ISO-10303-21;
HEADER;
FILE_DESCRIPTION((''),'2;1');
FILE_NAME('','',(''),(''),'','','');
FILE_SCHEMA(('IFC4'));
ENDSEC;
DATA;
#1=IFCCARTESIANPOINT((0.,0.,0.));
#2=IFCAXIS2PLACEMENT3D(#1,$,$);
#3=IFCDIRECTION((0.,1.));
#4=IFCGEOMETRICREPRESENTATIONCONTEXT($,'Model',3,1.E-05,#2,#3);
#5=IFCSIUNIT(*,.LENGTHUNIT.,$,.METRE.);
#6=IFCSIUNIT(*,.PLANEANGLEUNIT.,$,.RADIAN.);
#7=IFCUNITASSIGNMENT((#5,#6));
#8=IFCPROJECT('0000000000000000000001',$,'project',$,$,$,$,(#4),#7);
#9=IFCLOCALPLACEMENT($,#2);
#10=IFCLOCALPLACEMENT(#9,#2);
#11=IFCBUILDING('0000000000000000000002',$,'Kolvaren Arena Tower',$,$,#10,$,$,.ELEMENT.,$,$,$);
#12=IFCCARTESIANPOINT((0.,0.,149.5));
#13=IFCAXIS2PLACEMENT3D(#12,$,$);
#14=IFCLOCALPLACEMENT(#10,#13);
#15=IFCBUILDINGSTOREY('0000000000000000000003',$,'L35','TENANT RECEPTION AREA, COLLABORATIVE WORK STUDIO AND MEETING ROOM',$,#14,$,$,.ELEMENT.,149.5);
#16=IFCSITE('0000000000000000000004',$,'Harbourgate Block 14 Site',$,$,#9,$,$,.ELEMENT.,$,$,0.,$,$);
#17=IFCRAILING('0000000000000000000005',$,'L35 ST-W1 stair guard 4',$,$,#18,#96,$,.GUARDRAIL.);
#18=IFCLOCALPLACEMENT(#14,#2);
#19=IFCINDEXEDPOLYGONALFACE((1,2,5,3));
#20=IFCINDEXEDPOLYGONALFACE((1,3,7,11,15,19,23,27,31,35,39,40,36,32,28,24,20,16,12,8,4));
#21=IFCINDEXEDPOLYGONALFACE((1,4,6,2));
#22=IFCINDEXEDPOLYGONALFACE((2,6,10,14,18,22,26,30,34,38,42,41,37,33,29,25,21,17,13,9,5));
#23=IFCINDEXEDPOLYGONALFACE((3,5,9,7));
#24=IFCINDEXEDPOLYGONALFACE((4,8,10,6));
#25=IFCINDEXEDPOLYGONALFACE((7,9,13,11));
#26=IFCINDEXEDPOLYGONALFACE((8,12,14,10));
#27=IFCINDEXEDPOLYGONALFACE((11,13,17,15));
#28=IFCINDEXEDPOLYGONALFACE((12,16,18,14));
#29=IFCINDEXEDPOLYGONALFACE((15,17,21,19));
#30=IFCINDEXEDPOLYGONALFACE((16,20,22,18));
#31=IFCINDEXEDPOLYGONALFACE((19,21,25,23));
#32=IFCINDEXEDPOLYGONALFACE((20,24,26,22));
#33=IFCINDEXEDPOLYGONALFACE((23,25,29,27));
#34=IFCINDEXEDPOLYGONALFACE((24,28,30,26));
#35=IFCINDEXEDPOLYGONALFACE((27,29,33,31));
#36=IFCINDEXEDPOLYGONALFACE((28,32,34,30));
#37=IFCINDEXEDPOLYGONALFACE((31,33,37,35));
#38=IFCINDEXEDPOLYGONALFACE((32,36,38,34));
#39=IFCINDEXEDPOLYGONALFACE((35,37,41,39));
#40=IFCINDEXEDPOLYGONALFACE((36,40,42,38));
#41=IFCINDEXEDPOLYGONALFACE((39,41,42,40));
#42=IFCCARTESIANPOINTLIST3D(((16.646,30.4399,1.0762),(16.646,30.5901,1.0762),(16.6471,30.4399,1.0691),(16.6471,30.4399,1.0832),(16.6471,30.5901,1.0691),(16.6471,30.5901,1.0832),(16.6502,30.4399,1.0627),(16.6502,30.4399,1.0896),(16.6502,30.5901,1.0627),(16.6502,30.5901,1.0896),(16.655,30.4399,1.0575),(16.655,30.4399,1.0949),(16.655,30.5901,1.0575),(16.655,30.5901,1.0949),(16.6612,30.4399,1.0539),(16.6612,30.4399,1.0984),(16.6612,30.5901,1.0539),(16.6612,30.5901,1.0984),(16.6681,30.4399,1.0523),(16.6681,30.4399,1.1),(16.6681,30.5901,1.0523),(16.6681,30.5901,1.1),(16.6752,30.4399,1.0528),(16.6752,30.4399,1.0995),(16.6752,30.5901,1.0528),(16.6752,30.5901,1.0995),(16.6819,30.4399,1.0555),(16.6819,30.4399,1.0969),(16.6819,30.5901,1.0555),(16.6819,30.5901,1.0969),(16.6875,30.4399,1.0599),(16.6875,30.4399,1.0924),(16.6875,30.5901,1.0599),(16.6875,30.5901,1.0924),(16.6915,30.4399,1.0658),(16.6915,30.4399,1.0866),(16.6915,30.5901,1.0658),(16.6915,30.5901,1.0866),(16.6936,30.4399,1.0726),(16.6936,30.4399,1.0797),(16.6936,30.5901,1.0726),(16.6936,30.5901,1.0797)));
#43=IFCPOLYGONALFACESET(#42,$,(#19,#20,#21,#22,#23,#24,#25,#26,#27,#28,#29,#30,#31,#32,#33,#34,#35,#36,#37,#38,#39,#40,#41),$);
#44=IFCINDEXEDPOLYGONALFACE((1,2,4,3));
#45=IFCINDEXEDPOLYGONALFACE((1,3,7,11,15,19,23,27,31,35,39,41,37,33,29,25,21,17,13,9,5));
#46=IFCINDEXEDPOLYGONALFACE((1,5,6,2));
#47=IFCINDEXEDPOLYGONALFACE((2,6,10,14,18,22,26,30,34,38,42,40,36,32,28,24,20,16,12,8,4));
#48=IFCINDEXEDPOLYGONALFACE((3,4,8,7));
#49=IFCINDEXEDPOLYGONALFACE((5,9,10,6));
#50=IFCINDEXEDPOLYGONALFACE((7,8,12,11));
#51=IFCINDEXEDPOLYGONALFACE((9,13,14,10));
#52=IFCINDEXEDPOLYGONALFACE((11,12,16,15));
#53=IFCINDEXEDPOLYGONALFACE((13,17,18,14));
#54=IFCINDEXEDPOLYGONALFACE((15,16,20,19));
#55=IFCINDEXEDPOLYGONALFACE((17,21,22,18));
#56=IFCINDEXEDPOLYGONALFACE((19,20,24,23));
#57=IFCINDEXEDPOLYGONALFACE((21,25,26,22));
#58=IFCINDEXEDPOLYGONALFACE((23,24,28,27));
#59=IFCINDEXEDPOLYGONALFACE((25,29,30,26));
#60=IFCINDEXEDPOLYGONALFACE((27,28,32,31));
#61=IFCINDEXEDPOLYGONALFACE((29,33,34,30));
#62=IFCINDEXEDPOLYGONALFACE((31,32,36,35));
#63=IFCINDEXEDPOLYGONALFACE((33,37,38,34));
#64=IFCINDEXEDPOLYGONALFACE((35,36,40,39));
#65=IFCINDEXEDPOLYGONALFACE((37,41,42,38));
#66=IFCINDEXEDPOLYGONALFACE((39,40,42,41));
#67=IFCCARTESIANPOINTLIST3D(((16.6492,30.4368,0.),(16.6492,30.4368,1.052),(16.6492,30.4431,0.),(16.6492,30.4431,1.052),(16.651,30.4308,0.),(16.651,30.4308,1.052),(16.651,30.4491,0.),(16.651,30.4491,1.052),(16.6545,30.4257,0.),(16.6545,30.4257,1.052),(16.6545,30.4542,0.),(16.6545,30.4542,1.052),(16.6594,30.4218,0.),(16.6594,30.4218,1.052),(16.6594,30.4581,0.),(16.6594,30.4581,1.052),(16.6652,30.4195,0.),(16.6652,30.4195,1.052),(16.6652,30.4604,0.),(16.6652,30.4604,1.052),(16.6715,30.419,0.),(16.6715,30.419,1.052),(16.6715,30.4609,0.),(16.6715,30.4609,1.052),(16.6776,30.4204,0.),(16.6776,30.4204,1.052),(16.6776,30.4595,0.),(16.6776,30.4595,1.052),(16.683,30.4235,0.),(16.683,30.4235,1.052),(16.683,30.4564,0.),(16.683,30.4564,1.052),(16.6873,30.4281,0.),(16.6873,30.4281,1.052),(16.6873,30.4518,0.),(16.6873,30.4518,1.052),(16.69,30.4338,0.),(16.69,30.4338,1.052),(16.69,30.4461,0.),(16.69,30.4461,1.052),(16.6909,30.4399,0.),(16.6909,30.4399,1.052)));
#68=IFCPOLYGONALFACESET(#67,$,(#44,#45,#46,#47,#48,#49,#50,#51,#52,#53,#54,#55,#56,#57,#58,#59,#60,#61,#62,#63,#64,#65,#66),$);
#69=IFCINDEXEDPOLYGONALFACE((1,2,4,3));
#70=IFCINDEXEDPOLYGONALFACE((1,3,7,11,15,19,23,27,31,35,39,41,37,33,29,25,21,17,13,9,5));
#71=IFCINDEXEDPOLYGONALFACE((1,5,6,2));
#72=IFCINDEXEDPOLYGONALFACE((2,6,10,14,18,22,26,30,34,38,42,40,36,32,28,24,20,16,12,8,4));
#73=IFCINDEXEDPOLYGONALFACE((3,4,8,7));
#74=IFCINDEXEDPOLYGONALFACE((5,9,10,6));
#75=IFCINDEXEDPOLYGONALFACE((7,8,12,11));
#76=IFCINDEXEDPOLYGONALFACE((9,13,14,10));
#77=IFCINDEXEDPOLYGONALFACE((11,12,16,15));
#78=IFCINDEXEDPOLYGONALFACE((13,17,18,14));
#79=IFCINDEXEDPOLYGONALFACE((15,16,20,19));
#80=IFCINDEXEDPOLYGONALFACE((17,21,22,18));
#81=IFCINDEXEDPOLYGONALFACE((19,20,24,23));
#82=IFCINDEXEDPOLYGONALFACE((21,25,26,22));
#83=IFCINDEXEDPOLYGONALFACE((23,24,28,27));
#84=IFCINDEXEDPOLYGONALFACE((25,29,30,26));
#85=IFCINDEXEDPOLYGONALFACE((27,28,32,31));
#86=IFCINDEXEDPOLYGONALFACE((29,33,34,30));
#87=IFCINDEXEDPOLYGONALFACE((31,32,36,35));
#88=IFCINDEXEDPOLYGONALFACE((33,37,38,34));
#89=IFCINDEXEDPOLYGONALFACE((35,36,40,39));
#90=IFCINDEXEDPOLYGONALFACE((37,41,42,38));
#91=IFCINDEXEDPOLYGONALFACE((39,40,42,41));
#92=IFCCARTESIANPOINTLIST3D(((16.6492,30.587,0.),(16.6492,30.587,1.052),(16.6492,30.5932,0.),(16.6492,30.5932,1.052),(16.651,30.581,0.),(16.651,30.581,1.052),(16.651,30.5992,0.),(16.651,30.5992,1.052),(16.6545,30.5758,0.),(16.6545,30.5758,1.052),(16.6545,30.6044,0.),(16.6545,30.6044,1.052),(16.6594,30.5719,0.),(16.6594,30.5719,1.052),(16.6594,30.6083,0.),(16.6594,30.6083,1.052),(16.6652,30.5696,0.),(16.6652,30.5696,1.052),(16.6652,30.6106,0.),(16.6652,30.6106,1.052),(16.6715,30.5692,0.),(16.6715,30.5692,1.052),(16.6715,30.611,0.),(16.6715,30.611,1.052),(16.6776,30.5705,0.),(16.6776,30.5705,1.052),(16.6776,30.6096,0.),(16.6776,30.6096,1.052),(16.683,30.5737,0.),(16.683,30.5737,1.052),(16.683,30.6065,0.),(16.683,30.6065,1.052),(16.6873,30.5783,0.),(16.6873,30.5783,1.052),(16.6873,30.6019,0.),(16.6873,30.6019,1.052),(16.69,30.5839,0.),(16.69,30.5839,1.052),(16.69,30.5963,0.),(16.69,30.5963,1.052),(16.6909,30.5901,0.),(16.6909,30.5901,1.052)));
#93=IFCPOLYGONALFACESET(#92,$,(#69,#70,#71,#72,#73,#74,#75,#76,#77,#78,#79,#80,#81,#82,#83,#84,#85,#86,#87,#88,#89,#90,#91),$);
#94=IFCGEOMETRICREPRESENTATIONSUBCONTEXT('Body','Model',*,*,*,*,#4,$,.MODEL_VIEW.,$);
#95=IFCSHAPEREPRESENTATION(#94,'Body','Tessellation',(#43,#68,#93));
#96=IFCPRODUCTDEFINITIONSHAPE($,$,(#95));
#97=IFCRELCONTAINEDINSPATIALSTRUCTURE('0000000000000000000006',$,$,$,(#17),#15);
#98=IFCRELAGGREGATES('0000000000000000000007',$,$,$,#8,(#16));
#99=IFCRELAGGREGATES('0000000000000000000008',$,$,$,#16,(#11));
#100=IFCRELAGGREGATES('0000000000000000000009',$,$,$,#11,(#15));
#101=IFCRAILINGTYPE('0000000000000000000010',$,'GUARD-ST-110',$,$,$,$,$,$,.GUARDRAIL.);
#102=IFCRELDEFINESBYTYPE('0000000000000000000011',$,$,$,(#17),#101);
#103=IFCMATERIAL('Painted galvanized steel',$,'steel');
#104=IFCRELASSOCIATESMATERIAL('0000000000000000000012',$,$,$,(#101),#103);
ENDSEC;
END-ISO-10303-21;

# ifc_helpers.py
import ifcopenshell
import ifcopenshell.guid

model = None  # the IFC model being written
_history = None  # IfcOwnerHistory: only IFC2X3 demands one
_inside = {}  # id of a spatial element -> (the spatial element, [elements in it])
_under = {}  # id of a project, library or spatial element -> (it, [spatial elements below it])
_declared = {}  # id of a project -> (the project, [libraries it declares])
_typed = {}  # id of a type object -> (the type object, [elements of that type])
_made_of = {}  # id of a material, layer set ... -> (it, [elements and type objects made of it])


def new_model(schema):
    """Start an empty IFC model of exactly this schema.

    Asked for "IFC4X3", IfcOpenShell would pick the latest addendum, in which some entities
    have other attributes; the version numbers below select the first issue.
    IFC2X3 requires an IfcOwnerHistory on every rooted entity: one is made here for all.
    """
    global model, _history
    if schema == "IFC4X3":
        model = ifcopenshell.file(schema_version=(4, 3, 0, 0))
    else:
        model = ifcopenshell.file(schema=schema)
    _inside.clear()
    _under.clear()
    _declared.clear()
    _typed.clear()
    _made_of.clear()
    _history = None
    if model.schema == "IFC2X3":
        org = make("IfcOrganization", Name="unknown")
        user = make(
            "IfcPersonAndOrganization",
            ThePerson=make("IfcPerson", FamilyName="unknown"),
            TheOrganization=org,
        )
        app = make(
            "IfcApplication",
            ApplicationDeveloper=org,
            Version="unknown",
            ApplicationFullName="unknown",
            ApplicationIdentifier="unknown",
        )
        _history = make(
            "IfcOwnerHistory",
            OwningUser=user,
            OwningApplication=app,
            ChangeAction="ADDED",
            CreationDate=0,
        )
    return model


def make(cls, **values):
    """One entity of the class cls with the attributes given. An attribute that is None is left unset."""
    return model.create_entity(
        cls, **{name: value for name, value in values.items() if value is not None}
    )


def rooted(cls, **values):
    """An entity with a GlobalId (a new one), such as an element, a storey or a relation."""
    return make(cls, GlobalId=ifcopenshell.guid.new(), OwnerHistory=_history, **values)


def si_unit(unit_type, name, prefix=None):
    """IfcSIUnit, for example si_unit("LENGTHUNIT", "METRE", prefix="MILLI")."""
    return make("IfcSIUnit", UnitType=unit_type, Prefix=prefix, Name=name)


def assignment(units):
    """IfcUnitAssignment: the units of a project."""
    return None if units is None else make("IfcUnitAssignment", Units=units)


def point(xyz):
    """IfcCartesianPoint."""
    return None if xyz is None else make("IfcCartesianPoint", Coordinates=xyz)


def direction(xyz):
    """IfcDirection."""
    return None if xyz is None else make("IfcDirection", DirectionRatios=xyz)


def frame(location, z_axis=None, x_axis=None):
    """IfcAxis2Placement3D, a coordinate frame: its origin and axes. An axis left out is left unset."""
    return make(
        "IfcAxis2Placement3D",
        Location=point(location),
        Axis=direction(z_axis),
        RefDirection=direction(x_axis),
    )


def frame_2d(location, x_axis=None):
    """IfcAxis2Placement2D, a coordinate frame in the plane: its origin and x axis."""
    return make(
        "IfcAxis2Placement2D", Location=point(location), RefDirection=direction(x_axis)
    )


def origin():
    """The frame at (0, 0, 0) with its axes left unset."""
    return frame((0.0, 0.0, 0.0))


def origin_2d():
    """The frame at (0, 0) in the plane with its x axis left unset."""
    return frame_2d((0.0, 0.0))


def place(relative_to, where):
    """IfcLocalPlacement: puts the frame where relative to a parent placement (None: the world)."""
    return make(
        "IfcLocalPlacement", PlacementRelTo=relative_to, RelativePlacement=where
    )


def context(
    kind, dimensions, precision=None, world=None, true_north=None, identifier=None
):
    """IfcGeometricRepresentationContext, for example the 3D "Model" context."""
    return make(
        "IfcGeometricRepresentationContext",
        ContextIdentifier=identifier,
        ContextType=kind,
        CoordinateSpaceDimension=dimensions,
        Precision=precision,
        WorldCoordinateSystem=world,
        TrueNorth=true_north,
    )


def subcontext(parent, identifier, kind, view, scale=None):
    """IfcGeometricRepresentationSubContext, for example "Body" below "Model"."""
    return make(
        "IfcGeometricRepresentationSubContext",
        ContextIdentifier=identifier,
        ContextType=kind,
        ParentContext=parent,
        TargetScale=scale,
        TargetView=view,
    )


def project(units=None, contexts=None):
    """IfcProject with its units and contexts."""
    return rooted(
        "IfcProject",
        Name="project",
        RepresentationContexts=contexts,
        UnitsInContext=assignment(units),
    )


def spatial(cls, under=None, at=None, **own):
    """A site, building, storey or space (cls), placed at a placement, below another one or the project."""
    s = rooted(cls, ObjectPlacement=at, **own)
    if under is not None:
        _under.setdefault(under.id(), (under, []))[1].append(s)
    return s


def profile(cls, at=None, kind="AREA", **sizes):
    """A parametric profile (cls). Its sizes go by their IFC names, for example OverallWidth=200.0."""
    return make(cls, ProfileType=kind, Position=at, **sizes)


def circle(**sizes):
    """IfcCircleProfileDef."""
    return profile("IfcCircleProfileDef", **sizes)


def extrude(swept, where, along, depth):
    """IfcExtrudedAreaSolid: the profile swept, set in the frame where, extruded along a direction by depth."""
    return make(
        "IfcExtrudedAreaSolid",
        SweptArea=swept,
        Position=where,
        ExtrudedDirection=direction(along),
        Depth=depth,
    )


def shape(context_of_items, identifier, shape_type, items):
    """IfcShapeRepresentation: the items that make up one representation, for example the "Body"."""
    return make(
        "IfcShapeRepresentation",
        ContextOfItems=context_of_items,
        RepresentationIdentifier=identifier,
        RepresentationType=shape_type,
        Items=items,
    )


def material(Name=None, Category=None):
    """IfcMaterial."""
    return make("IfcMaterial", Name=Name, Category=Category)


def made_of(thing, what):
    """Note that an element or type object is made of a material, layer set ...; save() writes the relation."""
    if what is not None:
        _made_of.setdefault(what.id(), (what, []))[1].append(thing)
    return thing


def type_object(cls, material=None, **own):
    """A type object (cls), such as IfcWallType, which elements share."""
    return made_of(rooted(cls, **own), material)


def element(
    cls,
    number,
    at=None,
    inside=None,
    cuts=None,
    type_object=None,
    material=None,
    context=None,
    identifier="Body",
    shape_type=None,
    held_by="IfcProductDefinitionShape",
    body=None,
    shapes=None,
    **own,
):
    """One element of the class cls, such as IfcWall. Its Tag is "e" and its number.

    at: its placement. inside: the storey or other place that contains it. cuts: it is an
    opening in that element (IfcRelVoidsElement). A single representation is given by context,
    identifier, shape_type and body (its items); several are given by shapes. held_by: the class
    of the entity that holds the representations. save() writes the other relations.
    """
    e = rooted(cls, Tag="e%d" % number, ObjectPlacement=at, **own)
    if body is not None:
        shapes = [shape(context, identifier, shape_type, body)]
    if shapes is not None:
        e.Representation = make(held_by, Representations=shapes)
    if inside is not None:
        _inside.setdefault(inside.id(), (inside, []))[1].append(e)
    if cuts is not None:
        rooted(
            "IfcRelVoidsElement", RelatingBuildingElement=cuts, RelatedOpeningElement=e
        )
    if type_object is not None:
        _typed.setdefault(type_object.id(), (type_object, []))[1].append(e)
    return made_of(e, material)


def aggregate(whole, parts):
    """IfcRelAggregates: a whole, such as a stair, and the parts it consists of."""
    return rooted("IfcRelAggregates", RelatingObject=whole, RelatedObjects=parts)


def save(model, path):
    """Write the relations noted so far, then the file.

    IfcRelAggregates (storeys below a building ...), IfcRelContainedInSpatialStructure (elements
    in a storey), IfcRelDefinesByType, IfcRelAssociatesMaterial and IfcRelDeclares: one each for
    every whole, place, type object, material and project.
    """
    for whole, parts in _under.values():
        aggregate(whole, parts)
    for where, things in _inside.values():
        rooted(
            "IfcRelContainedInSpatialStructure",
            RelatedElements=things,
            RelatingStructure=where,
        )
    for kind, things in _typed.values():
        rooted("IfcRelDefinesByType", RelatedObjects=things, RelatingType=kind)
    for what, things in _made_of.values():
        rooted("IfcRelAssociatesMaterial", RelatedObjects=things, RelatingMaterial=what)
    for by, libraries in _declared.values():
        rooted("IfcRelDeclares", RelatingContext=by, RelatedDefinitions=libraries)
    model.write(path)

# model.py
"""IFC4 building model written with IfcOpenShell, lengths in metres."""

from ifc_helpers import new_model, si_unit, direction, frame, origin, origin_2d, place, context, subcontext, project, spatial, circle, extrude, material, type_object, element, save


model = new_model("IFC4")

# Units and contexts
model_context = context("Model", 3, precision=1e-05, world=origin(), true_north=direction((0.0, 1.0)))
body_context = subcontext(model_context, "Body", "Model", "MODEL_VIEW")
ifc_project = project(units=[si_unit("LENGTHUNIT", "METRE"), si_unit("PLANEANGLEUNIT", "RADIAN")], contexts=[model_context])

# Site, building, storey
site_placement = place(None, origin())
site = spatial("IfcSite", under=ifc_project, at=site_placement, Name="Harbourgate Block 14 Site", CompositionType="ELEMENT", RefElevation=0.0)
building_placement = place(site_placement, origin())
building = spatial("IfcBuilding", under=site, at=building_placement, Name="Kolvaren Arena Tower", CompositionType="ELEMENT")
storey_placement = place(building_placement, frame((0.0, 0.0, 149.5)))
storey = spatial("IfcBuildingStorey", under=building, at=storey_placement, Name="L35", Description="TENANT RECEPTION AREA, COLLABORATIVE WORK STUDIO AND MEETING ROOM", CompositionType="ELEMENT", Elevation=149.5)

# Railing
ifc_material_1 = material(Name="Painted galvanized steel", Category="steel")
railing_type_1 = type_object("IfcRailingType", Name="GUARD-ST-110", PredefinedType="GUARDRAIL", material=ifc_material_1)
railing_1_placement = place(storey_placement, frame((16.6699, 30.4399, 0.0)))
element("IfcRailing", 1, at=railing_1_placement, inside=storey, type_object=railing_type_1, Name="L35 ST-W1 stair guard 4", PredefinedType="GUARDRAIL", context=body_context, shape_type="SweptSolid", body=[
    extrude(circle(Radius=0.0239, at=origin_2d()), frame((0.0, 0.0, 1.0762), z_axis=(0.0, 1.0, 0.0), x_axis=(-1.0, 0.0, 0.0)), (0.0, 0.0, 1.0), 0.1501),
    extrude(circle(Radius=0.021, at=origin_2d()), origin(), (0.0, 0.0, 1.0), 1.052),
    extrude(circle(Radius=0.021, at=origin_2d()), frame((0.0, 0.1501, 0.0)), (0.0, 0.0, 1.0), 1.052),
])

save(model, "model.ifc")
